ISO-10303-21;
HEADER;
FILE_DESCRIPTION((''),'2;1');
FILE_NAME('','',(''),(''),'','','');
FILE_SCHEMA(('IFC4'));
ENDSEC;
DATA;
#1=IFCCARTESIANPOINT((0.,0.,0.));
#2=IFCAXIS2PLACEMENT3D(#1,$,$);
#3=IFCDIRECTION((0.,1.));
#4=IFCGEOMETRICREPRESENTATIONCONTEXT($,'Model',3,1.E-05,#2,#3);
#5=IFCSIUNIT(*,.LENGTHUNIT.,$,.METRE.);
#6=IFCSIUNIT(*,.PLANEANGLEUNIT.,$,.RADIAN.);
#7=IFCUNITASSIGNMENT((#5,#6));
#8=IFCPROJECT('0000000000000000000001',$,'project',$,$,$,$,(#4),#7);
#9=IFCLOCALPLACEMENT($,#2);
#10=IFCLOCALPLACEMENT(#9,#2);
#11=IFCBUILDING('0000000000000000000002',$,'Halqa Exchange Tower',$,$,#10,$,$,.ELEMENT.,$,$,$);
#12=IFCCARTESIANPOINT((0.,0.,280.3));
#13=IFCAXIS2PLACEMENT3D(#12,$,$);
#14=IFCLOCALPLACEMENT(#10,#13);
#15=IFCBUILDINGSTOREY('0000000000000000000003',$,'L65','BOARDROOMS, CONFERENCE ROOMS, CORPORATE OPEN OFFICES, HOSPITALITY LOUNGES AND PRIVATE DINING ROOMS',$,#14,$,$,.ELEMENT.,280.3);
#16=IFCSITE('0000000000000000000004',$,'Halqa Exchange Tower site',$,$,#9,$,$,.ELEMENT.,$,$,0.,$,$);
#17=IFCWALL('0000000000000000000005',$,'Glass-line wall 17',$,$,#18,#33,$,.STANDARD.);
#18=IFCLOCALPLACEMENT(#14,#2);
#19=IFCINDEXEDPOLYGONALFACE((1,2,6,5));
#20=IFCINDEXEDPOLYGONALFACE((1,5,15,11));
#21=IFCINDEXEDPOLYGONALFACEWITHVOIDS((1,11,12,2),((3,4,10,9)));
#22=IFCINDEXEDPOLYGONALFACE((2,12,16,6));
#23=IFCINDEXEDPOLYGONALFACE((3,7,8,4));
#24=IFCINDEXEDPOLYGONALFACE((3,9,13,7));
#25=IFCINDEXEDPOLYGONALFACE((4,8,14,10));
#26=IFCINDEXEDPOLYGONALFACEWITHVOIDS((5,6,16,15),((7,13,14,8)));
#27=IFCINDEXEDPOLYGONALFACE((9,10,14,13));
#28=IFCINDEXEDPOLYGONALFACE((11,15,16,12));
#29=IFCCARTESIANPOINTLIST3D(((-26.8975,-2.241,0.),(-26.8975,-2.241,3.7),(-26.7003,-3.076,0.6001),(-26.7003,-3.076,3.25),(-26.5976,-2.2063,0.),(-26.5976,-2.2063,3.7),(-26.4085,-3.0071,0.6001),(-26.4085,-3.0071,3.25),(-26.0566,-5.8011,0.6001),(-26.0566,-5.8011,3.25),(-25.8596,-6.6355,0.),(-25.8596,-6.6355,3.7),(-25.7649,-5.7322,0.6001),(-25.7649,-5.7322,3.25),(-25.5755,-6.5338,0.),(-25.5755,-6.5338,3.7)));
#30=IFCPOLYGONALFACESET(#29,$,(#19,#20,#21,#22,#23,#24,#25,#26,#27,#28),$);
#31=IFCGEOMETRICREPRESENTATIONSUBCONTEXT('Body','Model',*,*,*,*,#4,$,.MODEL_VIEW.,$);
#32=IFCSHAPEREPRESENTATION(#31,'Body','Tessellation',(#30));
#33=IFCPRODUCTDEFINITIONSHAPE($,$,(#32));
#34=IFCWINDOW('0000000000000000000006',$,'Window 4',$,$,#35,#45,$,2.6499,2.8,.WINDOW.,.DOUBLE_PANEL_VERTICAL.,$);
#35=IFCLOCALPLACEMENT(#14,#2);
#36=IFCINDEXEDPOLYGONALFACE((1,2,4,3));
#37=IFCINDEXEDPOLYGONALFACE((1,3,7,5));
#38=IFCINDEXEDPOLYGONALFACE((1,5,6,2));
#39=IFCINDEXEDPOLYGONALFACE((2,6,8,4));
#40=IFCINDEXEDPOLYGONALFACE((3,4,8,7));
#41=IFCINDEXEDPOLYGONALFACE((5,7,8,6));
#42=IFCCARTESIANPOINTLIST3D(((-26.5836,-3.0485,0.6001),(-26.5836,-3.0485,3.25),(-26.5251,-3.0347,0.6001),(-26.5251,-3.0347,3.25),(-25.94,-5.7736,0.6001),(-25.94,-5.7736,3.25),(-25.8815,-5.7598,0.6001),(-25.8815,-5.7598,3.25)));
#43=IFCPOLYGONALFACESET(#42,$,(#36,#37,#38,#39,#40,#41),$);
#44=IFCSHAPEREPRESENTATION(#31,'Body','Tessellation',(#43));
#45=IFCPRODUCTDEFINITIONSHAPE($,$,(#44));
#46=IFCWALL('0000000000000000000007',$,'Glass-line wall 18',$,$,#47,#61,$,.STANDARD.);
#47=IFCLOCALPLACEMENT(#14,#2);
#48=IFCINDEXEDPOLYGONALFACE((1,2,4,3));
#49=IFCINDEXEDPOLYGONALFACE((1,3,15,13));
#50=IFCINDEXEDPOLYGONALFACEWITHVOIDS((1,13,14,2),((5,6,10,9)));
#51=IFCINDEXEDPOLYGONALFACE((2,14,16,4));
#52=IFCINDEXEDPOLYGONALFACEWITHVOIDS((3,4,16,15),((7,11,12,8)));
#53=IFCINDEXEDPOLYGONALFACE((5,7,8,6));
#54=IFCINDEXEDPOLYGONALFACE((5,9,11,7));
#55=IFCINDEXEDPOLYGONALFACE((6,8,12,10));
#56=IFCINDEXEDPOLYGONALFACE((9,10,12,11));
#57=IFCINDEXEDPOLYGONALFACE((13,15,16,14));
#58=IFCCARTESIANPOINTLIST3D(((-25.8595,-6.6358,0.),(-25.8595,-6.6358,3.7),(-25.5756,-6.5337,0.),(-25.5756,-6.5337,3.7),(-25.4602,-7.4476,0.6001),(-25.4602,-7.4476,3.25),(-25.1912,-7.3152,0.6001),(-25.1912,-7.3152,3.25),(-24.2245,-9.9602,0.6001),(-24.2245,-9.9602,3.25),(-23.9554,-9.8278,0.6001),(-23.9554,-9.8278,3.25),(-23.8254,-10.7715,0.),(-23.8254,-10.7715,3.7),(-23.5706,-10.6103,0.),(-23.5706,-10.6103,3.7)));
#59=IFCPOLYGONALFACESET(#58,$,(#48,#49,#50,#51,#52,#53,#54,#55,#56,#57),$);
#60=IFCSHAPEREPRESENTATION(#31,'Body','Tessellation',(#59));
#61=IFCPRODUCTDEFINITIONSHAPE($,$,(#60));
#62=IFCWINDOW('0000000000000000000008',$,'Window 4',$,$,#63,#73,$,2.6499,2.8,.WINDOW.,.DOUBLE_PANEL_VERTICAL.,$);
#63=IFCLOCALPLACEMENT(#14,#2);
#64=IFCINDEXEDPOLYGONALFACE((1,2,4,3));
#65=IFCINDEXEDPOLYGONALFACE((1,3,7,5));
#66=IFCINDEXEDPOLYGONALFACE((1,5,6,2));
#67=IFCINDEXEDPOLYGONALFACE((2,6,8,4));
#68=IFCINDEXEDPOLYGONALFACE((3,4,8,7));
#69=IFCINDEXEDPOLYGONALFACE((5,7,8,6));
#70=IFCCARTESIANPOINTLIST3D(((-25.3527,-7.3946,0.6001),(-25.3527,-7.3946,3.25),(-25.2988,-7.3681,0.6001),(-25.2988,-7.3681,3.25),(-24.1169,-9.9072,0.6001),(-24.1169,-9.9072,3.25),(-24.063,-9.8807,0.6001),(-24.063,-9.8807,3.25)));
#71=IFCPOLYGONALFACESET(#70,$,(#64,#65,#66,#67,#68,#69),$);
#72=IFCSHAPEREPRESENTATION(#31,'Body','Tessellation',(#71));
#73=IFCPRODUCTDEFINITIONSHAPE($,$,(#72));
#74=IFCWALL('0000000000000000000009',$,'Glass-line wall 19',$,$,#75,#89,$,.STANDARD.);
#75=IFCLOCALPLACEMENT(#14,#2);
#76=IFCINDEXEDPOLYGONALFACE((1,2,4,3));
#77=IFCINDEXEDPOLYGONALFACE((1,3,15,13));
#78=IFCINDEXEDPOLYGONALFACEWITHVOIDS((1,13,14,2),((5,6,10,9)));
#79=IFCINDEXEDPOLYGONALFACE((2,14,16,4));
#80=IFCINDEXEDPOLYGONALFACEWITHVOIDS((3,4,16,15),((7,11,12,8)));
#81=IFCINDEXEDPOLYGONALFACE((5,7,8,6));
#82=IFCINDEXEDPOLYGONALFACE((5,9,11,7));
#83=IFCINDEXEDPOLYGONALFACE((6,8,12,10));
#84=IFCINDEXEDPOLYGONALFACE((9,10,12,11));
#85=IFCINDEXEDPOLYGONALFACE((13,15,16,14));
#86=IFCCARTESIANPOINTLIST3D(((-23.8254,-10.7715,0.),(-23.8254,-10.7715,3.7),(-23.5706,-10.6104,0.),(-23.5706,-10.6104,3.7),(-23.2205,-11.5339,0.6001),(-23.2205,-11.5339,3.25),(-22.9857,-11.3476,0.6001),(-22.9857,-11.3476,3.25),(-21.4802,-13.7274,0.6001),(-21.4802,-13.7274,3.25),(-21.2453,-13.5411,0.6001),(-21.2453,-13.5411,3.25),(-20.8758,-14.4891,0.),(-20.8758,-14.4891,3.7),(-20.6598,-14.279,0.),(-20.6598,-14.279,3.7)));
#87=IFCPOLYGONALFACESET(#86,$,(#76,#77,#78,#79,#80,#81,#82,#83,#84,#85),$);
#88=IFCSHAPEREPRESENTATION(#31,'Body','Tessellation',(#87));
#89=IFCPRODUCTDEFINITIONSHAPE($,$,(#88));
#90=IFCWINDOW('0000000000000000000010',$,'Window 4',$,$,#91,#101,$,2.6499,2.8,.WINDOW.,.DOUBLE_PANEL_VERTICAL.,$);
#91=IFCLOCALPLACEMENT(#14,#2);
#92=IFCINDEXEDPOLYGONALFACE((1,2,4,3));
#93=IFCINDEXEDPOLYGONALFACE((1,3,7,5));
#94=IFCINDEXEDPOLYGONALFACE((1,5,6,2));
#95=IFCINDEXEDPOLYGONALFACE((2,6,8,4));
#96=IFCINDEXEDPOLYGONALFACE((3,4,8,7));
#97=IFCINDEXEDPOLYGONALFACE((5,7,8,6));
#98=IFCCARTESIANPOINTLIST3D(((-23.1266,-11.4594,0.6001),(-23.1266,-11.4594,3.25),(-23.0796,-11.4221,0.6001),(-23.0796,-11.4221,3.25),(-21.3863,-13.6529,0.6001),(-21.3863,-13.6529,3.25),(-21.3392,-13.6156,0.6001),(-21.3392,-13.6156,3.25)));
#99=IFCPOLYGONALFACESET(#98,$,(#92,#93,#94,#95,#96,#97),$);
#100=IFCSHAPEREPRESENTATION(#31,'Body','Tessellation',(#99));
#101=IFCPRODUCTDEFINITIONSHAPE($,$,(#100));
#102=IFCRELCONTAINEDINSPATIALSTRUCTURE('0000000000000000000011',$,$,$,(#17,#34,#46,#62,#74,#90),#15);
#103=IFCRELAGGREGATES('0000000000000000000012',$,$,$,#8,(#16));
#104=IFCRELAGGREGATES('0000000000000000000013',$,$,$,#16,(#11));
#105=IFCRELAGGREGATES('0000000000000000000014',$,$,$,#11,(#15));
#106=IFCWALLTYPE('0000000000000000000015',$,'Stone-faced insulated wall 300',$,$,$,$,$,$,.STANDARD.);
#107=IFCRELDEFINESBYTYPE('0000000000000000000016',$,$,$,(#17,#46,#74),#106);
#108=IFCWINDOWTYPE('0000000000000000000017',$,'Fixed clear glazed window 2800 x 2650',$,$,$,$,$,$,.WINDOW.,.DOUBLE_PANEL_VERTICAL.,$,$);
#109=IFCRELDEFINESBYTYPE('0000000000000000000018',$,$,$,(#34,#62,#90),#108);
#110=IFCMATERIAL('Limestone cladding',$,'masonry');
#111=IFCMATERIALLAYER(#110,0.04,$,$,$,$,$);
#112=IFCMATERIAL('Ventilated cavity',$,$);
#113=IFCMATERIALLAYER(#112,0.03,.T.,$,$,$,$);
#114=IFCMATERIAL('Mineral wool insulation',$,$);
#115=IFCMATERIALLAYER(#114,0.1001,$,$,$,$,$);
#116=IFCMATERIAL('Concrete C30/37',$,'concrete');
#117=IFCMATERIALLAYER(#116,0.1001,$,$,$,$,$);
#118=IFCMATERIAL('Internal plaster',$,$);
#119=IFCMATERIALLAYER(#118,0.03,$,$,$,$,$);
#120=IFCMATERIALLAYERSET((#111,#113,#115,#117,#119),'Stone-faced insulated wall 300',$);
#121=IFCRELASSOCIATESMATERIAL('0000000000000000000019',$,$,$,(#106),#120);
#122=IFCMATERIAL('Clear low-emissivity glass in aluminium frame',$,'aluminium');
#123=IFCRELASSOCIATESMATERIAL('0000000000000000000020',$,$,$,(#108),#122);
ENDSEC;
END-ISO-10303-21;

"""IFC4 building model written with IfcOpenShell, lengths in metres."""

from ifc_helpers import new_model, si_unit, direction, frame, frame_2d, origin, place, context, subcontext, project, spatial, polyline, rectangle, outline, extrude, material, layer, layer_set, type_object, element, fill, save


model = new_model("IFC4")

# Units and contexts
model_context = context("Model", 3, precision=1e-05, world=origin(), true_north=direction((0.0, 1.0)))
body_context = subcontext(model_context, "Body", "Model", "MODEL_VIEW")
ifc_project = project(units=[si_unit("LENGTHUNIT", "METRE"), si_unit("PLANEANGLEUNIT", "RADIAN")], contexts=[model_context])

# Site, building, storey
site_placement = place(None, origin())
site = spatial("IfcSite", under=ifc_project, at=site_placement, Name="Halqa Exchange Tower site", CompositionType="ELEMENT", RefElevation=0.0)
building_placement = place(site_placement, origin())
building = spatial("IfcBuilding", under=site, at=building_placement, Name="Halqa Exchange Tower", CompositionType="ELEMENT")
storey_placement = place(building_placement, frame((0.0, 0.0, 280.3)))
storey = spatial("IfcBuildingStorey", under=building, at=storey_placement, Name="L65", Description="BOARDROOMS, CONFERENCE ROOMS, CORPORATE OPEN OFFICES, HOSPITALITY LOUNGES AND PRIVATE DINING ROOMS", CompositionType="ELEMENT", Elevation=280.3)

# Walls, openings, windows
ifc_material_1 = material(Name="Limestone cladding", Category="masonry")
ifc_layer_1 = layer(ifc_material_1, 0.04)
ifc_material_2 = material(Name="Ventilated cavity")
ifc_layer_2 = layer(ifc_material_2, 0.03, ventilated=True)
ifc_material_3 = material(Name="Mineral wool insulation")
ifc_layer_3 = layer(ifc_material_3, 0.1001)
ifc_material_4 = material(Name="Concrete C30/37", Category="concrete")
ifc_layer_4 = layer(ifc_material_4, 0.1001)
ifc_material_5 = material(Name="Internal plaster")
ifc_layer_5 = layer(ifc_material_5, 0.03)
ifc_layer_set_1 = layer_set([ifc_layer_1, ifc_layer_2, ifc_layer_3, ifc_layer_4, ifc_layer_5], Name="Stone-faced insulated wall 300")
wall_type_1 = type_object("IfcWallType", Name="Stone-faced insulated wall 300", PredefinedType="STANDARD", material=ifc_layer_set_1)
wall_1_placement = place(storey_placement, frame((-26.7476, -2.2236, 0.0), z_axis=(0.0, 0.0, 1.0), x_axis=(0.229862, -0.973223, 0.0)))
wall_1 = element("IfcWall", 1, at=wall_1_placement, inside=storey, type_object=wall_type_1, Name="Glass-line wall 17", PredefinedType="STANDARD", context=body_context, shape_type="SweptSolid", body=[
    extrude(outline(polyline([(-0.0176, -0.1499), (4.4978, -0.1499), (4.4641, 0.1499), (0.0176, 0.1499), (-0.0176, -0.1499)])), origin(), (0.0, 0.0, 1.0), 3.7),
])
opening_1_placement = place(wall_1_placement, frame((0.8406, 0.0, 0.6001)))
opening_1 = element("IfcOpeningElement", 2, at=opening_1_placement, cuts=wall_1, PredefinedType="OPENING", context=body_context, shape_type="SweptSolid", body=[
    extrude(rectangle(XDim=2.8, YDim=2.6499, at=frame_2d((1.3999, 1.325))), frame((0.0, 0.1621, 0.0), z_axis=(0.0, -1.0, 0.0), x_axis=(1.0, 0.0, 0.0)), (0.0, 0.0, 1.0), 0.324),
])
ifc_material_6 = material(Name="Clear low-emissivity glass in aluminium frame", Category="aluminium")
window_type = type_object("IfcWindowType", Name="Fixed clear glazed window 2800 x 2650", PartitioningType="DOUBLE_PANEL_VERTICAL", PredefinedType="WINDOW", material=ifc_material_6)
window_1_placement = place(opening_1_placement, origin())
window_1 = element("IfcWindow", 3, at=window_1_placement, inside=storey, type_object=window_type, Name="Window 4", OverallHeight=2.6499, OverallWidth=2.8, PartitioningType="DOUBLE_PANEL_VERTICAL", PredefinedType="WINDOW", context=body_context, shape_type="SweptSolid", body=[
    extrude(rectangle(XDim=2.8, YDim=2.6499, at=frame_2d((1.3999, 1.325))), frame((0.0, 0.03, 0.0), z_axis=(0.0, -1.0, 0.0), x_axis=(1.0, 0.0, 0.0)), (0.0, 0.0, 1.0), 0.0601),
])
fill(opening_1, window_1)
wall_2_placement = place(storey_placement, frame((-25.7175, -6.5847, 0.0), z_axis=(0.0, 0.0, 1.0), x_axis=(0.441335, -0.897342, 0.0)))
wall_2 = element("IfcWall", 4, at=wall_2_placement, inside=storey, type_object=wall_type_1, Name="Glass-line wall 18", PredefinedType="STANDARD", context=body_context, shape_type="SweptSolid", body=[
    extrude(outline(polyline([(-0.0168, -0.1499), (4.592, -0.1499), (4.5598, 0.1499), (0.0168, 0.1499), (-0.0168, -0.1499)])), origin(), (0.0, 0.0, 1.0), 3.7),
])
opening_2_placement = place(wall_2_placement, frame((0.8879, 0.0, 0.6001)))
opening_2 = element("IfcOpeningElement", 5, at=opening_2_placement, cuts=wall_2, PredefinedType="OPENING", context=body_context, shape_type="SweptSolid", body=[
    extrude(rectangle(XDim=2.8, YDim=2.6499, at=frame_2d((1.3999, 1.325))), frame((0.0, 0.1621, 0.0), z_axis=(0.0, -1.0, 0.0), x_axis=(1.0, 0.0, 0.0)), (0.0, 0.0, 1.0), 0.324),
])
window_2_placement = place(opening_2_placement, origin())
window_2 = element("IfcWindow", 6, at=window_2_placement, inside=storey, type_object=window_type, Name="Window 4", OverallHeight=2.6499, OverallWidth=2.8, PartitioningType="DOUBLE_PANEL_VERTICAL", PredefinedType="WINDOW", context=body_context, shape_type="SweptSolid", body=[
    extrude(rectangle(XDim=2.8, YDim=2.6499, at=frame_2d((1.3999, 1.325))), frame((0.0, 0.03, 0.0), z_axis=(0.0, -1.0, 0.0), x_axis=(1.0, 0.0, 0.0)), (0.0, 0.0, 1.0), 0.0601),
])
fill(opening_2, window_2)
wall_3_placement = place(storey_placement, frame((-23.698, -10.6909, 0.0), z_axis=(0.0, 0.0, 1.0), x_axis=(0.621545, -0.783379, 0.0)))
wall_3 = element("IfcWall", 7, at=wall_3_placement, inside=storey, type_object=wall_type_1, Name="Glass-line wall 19", PredefinedType="STANDARD", context=body_context, shape_type="SweptSolid", body=[
    extrude(outline(polyline([(-0.0161, -0.1499), (4.7295, -0.1499), (4.6992, 0.1499), (0.0161, 0.1499), (-0.0161, -0.1499)])), origin(), (0.0, 0.0, 1.0), 3.7),
])
opening_3_placement = place(wall_3_placement, frame((0.9573, 0.0, 0.6001)))
opening_3 = element("IfcOpeningElement", 8, at=opening_3_placement, cuts=wall_3, PredefinedType="OPENING", context=body_context, shape_type="SweptSolid", body=[
    extrude(rectangle(XDim=2.8, YDim=2.6499, at=frame_2d((1.3999, 1.325))), frame((0.0, 0.1621, 0.0), z_axis=(0.0, -1.0, 0.0), x_axis=(1.0, 0.0, 0.0)), (0.0, 0.0, 1.0), 0.324),
])
window_3_placement = place(opening_3_placement, origin())
window_3 = element("IfcWindow", 9, at=window_3_placement, inside=storey, type_object=window_type, Name="Window 4", OverallHeight=2.6499, OverallWidth=2.8, PartitioningType="DOUBLE_PANEL_VERTICAL", PredefinedType="WINDOW", context=body_context, shape_type="SweptSolid", body=[
    extrude(rectangle(XDim=2.8, YDim=2.6499, at=frame_2d((1.3999, 1.325))), frame((0.0, 0.03, 0.0), z_axis=(0.0, -1.0, 0.0), x_axis=(1.0, 0.0, 0.0)), (0.0, 0.0, 1.0), 0.0601),
])
fill(opening_3, window_3)

save(model, "model.ifc")
